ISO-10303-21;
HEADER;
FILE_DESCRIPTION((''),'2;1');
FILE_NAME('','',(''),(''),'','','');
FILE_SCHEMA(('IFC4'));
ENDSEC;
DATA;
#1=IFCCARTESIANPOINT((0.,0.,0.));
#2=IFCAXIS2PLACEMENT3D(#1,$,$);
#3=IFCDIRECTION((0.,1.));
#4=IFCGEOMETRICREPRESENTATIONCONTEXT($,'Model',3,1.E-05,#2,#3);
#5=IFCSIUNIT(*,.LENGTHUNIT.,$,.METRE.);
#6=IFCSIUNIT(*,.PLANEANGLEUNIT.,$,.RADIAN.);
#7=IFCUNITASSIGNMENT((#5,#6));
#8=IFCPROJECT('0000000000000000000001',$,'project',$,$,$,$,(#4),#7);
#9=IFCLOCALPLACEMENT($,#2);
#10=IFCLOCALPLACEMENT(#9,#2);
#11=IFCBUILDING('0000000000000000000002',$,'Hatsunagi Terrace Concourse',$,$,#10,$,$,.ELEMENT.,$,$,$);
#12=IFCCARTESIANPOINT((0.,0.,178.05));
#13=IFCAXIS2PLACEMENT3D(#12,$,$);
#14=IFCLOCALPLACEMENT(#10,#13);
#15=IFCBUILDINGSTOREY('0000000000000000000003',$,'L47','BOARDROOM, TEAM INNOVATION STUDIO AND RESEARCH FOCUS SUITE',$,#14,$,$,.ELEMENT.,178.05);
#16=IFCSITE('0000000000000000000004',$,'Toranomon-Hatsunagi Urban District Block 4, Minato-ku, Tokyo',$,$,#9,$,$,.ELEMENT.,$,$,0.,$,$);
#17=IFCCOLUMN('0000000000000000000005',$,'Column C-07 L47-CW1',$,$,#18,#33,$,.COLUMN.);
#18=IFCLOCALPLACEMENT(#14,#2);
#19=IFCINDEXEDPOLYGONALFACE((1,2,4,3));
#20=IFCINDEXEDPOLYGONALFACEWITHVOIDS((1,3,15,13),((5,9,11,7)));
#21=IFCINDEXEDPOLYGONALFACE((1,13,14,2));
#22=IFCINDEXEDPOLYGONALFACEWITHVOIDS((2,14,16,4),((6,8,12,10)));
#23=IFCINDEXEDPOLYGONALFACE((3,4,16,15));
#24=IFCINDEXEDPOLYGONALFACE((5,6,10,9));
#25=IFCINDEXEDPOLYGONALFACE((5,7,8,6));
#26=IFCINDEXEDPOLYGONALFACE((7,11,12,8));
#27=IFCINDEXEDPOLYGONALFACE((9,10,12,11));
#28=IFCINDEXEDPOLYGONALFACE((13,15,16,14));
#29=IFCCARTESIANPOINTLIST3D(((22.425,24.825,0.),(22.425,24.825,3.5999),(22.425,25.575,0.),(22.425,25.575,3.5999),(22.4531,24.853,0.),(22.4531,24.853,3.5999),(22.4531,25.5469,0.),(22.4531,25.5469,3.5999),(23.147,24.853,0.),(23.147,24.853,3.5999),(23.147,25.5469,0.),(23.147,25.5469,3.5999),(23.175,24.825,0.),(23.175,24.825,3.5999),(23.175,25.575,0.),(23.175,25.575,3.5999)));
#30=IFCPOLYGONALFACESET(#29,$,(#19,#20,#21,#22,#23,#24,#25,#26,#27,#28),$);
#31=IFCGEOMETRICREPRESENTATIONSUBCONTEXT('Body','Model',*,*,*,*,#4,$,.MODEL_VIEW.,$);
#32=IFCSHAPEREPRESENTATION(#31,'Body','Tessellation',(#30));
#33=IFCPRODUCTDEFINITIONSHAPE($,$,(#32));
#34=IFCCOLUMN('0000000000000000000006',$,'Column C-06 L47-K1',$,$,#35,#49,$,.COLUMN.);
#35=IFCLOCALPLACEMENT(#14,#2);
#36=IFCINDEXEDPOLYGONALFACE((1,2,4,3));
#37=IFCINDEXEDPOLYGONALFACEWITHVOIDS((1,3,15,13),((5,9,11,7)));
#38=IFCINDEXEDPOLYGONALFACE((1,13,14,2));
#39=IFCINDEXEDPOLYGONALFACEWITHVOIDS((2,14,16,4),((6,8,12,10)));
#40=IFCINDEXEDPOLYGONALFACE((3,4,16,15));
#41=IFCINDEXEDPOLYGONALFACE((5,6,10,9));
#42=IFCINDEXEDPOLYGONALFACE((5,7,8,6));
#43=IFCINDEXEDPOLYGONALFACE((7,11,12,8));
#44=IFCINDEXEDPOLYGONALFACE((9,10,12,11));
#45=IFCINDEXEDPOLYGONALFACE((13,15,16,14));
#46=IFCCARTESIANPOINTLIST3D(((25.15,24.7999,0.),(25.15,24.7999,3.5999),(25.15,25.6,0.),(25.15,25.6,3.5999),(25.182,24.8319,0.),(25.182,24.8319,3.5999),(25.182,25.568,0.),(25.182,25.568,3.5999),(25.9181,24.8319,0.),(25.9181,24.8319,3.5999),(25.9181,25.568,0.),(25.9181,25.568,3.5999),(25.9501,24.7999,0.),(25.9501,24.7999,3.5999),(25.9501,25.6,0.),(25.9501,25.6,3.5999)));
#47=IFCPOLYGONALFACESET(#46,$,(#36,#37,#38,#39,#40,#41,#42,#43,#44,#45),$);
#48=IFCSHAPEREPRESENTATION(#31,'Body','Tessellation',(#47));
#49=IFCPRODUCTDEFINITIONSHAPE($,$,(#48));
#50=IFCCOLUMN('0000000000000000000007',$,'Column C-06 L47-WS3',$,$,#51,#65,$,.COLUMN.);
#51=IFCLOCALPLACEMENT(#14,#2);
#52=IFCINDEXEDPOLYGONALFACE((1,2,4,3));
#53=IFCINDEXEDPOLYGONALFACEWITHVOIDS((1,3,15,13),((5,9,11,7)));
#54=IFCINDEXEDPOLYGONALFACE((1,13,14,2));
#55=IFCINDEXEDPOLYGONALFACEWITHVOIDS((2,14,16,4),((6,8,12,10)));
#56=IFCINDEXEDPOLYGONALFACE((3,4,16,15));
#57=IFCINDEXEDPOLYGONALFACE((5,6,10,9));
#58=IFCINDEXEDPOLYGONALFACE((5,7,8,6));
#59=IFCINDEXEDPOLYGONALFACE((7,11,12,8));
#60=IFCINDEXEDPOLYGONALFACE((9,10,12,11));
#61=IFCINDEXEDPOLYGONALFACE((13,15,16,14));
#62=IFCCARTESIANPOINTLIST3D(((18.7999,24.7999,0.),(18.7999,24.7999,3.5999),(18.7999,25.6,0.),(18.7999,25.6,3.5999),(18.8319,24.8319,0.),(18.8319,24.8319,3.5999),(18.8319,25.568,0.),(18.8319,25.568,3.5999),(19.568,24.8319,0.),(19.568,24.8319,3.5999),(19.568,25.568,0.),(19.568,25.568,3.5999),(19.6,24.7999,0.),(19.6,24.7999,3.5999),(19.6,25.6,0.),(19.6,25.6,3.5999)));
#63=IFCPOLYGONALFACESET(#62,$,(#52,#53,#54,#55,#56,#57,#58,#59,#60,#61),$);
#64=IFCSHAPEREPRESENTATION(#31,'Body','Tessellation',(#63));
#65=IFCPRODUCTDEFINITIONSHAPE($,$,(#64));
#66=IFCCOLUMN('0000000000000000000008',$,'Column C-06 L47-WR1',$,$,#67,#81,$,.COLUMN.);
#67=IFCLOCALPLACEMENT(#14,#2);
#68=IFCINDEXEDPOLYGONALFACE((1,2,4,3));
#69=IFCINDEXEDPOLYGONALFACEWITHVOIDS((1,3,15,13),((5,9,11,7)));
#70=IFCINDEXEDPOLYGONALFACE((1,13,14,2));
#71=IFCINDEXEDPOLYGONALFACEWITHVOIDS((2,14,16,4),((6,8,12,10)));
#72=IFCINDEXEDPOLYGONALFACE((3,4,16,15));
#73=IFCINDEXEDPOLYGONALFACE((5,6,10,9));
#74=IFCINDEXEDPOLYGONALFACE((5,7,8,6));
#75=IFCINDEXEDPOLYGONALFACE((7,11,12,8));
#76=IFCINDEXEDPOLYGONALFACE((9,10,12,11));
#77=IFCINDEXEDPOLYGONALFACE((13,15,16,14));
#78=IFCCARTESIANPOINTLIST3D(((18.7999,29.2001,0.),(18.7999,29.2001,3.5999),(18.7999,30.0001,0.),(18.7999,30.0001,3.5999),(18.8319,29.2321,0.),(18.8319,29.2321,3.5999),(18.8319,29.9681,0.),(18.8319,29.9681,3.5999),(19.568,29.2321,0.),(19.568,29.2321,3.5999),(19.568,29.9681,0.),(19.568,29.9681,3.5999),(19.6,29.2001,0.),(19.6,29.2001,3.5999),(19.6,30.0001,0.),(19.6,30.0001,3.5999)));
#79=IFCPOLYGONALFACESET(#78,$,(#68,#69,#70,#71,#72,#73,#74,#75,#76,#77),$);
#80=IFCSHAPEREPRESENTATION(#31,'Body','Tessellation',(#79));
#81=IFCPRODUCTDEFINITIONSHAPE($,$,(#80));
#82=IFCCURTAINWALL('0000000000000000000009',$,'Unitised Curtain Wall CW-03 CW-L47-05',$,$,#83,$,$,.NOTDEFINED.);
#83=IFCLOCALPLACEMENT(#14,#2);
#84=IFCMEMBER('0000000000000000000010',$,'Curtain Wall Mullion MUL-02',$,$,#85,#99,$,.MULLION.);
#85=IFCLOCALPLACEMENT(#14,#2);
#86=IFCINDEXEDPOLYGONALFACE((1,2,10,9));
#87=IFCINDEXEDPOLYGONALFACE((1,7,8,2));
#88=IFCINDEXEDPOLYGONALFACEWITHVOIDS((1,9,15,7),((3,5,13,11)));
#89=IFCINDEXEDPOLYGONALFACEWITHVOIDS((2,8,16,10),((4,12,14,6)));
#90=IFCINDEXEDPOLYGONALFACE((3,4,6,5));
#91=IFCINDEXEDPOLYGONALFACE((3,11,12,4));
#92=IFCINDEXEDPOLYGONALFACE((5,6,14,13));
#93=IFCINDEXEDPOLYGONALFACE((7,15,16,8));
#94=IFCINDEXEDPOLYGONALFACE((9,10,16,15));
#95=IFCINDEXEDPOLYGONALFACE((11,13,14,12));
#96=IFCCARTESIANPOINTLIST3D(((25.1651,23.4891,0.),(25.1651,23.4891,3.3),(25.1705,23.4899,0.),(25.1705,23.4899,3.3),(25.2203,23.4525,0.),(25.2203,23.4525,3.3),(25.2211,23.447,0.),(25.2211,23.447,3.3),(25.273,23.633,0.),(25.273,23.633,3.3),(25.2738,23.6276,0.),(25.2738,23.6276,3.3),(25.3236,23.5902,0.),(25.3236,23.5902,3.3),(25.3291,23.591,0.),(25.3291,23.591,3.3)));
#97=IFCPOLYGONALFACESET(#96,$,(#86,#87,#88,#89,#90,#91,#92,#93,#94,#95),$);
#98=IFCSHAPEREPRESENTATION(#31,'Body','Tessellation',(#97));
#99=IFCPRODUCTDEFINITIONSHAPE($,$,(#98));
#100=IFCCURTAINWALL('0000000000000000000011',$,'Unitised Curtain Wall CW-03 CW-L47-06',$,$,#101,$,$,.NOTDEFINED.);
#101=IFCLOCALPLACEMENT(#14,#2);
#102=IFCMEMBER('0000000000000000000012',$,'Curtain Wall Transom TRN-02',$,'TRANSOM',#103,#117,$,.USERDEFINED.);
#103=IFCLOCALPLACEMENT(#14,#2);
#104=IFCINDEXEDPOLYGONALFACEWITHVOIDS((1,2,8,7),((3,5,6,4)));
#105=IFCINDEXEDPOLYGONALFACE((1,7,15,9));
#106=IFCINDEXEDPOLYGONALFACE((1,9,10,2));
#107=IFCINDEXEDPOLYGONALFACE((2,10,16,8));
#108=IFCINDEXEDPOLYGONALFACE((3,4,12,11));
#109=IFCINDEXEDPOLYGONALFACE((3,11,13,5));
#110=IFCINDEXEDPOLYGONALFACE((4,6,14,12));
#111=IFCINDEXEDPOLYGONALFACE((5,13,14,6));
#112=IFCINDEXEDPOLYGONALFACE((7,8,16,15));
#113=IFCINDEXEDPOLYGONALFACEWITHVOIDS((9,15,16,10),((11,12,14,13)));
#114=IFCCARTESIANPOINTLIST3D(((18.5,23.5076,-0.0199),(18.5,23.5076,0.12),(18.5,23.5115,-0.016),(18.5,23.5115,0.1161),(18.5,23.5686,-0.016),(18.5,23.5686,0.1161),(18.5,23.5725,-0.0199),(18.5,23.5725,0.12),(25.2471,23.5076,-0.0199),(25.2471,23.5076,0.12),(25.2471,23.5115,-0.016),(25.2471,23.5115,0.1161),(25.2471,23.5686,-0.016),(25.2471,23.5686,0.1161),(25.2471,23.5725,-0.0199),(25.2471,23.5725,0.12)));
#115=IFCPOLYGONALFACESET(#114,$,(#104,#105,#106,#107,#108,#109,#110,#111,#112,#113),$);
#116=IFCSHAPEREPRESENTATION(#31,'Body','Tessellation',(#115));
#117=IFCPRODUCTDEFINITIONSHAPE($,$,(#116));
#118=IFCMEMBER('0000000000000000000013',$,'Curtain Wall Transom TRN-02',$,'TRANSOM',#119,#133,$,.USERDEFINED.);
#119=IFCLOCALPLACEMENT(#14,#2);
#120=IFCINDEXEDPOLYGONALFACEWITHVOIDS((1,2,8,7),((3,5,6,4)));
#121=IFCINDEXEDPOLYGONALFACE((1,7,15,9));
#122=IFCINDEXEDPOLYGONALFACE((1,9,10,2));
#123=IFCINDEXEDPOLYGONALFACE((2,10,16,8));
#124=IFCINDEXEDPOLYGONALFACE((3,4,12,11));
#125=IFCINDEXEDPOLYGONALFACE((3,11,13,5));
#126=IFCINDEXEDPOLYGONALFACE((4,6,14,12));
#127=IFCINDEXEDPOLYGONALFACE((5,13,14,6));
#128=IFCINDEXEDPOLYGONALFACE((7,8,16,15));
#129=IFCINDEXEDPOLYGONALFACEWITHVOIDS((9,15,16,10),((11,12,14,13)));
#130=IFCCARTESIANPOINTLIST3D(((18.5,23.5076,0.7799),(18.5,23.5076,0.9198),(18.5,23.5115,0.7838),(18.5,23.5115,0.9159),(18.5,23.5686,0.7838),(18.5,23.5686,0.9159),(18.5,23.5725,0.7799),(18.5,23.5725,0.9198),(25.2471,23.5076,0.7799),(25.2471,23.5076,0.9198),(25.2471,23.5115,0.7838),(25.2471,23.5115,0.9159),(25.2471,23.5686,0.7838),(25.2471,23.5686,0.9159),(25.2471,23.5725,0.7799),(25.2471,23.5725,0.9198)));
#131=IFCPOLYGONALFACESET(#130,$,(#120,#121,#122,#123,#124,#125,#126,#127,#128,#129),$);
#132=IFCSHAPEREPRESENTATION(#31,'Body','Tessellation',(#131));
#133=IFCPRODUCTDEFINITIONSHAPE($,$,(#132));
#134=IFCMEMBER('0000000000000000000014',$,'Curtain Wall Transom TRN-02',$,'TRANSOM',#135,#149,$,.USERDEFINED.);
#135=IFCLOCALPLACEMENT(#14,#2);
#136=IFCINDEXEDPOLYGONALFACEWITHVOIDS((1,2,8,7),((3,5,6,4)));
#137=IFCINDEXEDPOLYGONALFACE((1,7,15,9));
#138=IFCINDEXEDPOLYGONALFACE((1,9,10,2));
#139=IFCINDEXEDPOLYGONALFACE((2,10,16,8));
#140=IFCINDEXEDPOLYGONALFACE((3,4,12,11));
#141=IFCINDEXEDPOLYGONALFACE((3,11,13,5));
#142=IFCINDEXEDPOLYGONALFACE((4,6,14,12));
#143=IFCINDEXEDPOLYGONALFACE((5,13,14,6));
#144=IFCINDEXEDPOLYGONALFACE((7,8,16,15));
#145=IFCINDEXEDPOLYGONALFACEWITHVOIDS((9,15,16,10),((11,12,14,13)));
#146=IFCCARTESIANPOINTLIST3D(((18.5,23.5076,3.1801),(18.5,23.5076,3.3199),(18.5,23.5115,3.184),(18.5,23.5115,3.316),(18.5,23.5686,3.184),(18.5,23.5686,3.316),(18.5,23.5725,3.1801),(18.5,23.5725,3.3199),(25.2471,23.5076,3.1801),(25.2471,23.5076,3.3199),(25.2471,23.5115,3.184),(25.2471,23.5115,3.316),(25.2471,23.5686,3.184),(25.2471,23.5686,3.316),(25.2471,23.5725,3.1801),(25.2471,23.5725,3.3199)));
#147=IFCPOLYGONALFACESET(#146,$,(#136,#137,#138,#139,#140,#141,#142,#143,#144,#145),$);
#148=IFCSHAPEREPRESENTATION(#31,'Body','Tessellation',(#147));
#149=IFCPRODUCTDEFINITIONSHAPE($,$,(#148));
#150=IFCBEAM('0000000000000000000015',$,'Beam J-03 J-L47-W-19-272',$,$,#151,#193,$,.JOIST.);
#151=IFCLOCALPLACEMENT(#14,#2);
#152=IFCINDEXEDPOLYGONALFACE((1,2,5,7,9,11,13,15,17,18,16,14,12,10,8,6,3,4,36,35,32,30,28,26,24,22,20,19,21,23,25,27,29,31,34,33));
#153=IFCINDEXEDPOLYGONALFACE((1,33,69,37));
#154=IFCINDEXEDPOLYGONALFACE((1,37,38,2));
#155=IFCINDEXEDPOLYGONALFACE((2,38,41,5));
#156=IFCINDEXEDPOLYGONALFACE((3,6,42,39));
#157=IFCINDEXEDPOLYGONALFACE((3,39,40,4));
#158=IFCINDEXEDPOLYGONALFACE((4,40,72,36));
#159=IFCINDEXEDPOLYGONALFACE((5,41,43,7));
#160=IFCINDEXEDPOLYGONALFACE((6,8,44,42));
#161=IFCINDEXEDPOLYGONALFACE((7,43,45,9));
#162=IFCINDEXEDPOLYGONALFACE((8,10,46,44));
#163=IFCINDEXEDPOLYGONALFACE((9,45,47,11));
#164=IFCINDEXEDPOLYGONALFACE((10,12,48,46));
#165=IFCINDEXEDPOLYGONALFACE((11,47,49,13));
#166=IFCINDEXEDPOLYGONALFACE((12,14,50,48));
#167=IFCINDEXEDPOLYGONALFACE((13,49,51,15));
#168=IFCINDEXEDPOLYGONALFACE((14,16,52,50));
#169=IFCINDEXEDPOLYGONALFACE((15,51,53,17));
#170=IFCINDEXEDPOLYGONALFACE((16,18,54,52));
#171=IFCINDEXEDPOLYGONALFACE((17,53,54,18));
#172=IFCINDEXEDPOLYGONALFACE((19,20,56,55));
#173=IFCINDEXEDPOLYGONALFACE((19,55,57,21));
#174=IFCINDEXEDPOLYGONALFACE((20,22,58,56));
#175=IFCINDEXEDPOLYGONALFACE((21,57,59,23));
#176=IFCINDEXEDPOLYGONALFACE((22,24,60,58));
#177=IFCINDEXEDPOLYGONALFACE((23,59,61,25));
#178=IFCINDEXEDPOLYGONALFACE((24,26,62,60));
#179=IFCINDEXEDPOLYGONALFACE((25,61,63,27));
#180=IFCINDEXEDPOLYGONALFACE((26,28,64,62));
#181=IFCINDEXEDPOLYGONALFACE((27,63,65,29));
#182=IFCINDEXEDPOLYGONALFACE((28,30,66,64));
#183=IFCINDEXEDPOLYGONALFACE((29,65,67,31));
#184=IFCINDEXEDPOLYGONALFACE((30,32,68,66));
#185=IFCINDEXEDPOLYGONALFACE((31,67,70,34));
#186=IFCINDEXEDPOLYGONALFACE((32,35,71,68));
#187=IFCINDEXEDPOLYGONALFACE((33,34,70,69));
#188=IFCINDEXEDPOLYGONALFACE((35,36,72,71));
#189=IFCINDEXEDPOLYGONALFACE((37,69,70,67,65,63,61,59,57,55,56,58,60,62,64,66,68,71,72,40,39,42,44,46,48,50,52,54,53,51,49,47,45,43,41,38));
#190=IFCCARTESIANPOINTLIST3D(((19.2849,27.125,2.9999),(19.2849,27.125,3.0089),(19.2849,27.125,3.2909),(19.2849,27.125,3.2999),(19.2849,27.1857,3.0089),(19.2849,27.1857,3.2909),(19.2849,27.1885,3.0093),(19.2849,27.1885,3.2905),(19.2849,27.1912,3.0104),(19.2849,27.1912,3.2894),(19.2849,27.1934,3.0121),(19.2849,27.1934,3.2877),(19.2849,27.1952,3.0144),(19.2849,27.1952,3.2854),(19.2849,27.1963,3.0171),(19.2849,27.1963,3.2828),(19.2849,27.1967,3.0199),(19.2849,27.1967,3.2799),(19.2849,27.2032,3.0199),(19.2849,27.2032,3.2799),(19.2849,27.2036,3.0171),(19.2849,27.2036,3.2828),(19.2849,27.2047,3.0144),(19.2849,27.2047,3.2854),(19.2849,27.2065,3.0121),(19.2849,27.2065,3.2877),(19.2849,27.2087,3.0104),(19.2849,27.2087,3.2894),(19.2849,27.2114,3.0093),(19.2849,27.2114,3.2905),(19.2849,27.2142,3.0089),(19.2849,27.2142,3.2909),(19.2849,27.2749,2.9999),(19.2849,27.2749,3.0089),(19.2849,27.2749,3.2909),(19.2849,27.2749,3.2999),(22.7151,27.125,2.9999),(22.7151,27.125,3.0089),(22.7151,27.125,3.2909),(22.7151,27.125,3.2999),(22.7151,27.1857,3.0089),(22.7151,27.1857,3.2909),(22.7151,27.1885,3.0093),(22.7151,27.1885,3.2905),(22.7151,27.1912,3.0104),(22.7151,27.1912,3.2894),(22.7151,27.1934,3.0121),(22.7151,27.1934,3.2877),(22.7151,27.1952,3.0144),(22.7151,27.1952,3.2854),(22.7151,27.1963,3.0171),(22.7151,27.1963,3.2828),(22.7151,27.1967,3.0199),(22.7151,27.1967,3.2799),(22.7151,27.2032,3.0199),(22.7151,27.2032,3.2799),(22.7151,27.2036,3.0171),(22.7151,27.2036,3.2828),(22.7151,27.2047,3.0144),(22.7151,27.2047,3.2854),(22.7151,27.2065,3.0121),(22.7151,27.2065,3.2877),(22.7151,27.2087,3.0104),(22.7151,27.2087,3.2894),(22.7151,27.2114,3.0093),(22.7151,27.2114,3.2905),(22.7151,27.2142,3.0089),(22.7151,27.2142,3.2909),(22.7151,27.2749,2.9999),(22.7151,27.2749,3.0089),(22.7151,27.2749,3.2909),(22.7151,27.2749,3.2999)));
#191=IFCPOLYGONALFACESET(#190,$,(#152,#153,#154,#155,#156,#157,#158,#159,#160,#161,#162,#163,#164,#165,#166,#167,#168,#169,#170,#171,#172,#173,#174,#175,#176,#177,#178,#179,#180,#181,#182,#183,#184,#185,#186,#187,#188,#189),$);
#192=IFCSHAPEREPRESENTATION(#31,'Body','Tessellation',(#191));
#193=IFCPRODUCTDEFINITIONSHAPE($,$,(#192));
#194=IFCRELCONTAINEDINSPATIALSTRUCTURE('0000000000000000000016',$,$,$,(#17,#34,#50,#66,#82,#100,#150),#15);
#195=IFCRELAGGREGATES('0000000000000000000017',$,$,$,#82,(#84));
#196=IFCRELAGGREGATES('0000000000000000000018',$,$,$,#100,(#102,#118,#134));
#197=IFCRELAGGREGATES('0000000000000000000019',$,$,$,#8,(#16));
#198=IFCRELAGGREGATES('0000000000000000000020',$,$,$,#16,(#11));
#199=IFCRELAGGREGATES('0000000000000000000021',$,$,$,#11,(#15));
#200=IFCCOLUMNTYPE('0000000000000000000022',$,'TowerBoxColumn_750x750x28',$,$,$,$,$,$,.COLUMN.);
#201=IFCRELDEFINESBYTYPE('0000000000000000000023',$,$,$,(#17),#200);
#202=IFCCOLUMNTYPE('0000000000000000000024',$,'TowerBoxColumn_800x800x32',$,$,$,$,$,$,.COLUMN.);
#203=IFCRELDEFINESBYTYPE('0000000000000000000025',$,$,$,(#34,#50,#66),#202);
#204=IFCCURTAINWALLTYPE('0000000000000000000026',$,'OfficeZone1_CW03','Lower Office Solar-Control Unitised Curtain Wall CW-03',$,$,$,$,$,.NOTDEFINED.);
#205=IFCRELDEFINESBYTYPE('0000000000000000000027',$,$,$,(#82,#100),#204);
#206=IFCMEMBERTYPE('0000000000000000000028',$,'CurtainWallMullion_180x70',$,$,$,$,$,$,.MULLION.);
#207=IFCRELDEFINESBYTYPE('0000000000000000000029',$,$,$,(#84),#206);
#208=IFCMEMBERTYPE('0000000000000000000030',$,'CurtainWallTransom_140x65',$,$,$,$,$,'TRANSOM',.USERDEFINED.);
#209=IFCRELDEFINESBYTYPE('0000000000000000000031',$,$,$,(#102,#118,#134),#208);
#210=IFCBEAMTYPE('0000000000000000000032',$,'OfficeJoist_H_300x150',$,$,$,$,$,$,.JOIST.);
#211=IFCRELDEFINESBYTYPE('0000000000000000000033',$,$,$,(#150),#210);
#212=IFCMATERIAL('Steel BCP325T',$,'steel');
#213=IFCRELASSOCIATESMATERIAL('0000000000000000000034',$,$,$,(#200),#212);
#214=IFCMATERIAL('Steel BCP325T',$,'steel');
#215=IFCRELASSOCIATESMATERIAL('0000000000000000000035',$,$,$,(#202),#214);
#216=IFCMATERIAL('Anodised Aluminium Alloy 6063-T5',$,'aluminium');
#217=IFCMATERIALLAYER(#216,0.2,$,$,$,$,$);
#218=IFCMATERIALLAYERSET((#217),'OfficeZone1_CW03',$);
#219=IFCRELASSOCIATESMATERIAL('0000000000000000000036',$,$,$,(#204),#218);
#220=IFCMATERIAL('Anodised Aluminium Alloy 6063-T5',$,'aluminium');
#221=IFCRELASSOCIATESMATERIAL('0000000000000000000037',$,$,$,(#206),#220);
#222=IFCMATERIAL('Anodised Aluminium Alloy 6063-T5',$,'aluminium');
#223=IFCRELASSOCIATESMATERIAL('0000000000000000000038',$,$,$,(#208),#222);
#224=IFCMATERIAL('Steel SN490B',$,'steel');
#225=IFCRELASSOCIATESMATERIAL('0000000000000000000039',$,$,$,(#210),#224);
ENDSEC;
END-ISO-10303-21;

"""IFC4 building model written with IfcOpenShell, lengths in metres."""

from ifc_helpers import new_model, si_unit, direction, frame, origin, origin_2d, place, context, subcontext, project, spatial, hollow_rectangle, i_section, extrude, material, layer, layer_set, material_profile, profile_set, type_object, element, aggregate, save


model = new_model("IFC4")

# Units and contexts
model_context = context("Model", 3, precision=1e-05, world=origin(), true_north=direction((0.0, 1.0)))
body_context = subcontext(model_context, "Body", "Model", "MODEL_VIEW")
ifc_project = project(units=[si_unit("LENGTHUNIT", "METRE"), si_unit("PLANEANGLEUNIT", "RADIAN")], contexts=[model_context])

# Site, building, storey
site_placement = place(None, origin())
site = spatial("IfcSite", under=ifc_project, at=site_placement, Name="Toranomon-Hatsunagi Urban District Block 4, Minato-ku, Tokyo", CompositionType="ELEMENT", RefElevation=0.0)
building_placement = place(site_placement, origin())
building = spatial("IfcBuilding", under=site, at=building_placement, Name="Hatsunagi Terrace Concourse", CompositionType="ELEMENT")
storey_placement = place(building_placement, frame((0.0, 0.0, 178.05)))
storey = spatial("IfcBuildingStorey", under=building, at=storey_placement, Name="L47", Description="BOARDROOM, TEAM INNOVATION STUDIO AND RESEARCH FOCUS SUITE", CompositionType="ELEMENT", Elevation=178.05)

# Columns
ifc_material_1 = material(Name="Steel BCP325T", Category="steel")
ifc_material_profile_1 = material_profile(ifc_material_1, hollow_rectangle(XDim=0.75, YDim=0.75, WallThickness=0.0281, at=origin_2d()), Name="BCP-750x750x28")
ifc_profile_set_1 = profile_set([ifc_material_profile_1], Name="Steel BCP325T")
column_type_1 = type_object("IfcColumnType", Name="TowerBoxColumn_750x750x28", PredefinedType="COLUMN", material=ifc_profile_set_1)
column_placement = place(storey_placement, frame((22.8, 25.2, 0.0), z_axis=(0.0, 0.0, 1.0), x_axis=(1.0, 0.0, 0.0)))
element("IfcColumn", 1, at=column_placement, inside=storey, type_object=column_type_1, Name="Column C-07 L47-CW1", PredefinedType="COLUMN", context=body_context, shape_type="SweptSolid", body=[
    extrude(hollow_rectangle(XDim=0.75, YDim=0.75, WallThickness=0.0281, at=origin_2d()), origin(), (0.0, 0.0, 1.0), 3.5999),
])
ifc_material_2 = material(Name="Steel BCP325T", Category="steel")
ifc_material_profile_2 = material_profile(ifc_material_2, hollow_rectangle(XDim=0.8, YDim=0.8, WallThickness=0.032, at=origin_2d()), Name="BCP-800x800x32")
ifc_profile_set_2 = profile_set([ifc_material_profile_2], Name="Steel BCP325T")
column_type_2 = type_object("IfcColumnType", Name="TowerBoxColumn_800x800x32", PredefinedType="COLUMN", material=ifc_profile_set_2)
for number, where, z_axis, x_axis, name in (
    (2, (25.55, 25.2, 0.0), (0.0, 0.0, 1.0), (1.0, 0.0, 0.0), "Column C-06 L47-K1"),
    (3, (19.2, 25.2, 0.0), (0.0, 0.0, 1.0), (1.0, 0.0, 0.0), "Column C-06 L47-WS3"),
    (4, (19.2, 29.6001, 0.0), (0.0, 0.0, 1.0), (1.0, 0.0, 0.0), "Column C-06 L47-WR1"),
):
    element("IfcColumn", number, at=place(storey_placement, frame(where, z_axis=z_axis, x_axis=x_axis)), inside=storey, type_object=column_type_2, Name=name, PredefinedType="COLUMN", context=body_context, shape_type="SweptSolid", body=[
        extrude(hollow_rectangle(XDim=0.8, YDim=0.8, WallThickness=0.032, at=origin_2d()), origin(), (0.0, 0.0, 1.0), 3.5999),
    ])

# Curtain wall, member
ifc_material_3 = material(Name="Anodised Aluminium Alloy 6063-T5", Category="aluminium")
ifc_layer_1 = layer(ifc_material_3, 0.2)
ifc_layer_set_1 = layer_set([ifc_layer_1], Name="OfficeZone1_CW03")
curtain_wall_type = type_object("IfcCurtainWallType", Name="OfficeZone1_CW03", Description="Lower Office Solar-Control Unitised Curtain Wall CW-03", PredefinedType="NOTDEFINED", material=ifc_layer_set_1)
curtain_wall_1_placement = place(storey_placement, origin())
curtain_wall_1 = element("IfcCurtainWall", 5, at=curtain_wall_1_placement, inside=storey, type_object=curtain_wall_type, Name="Unitised Curtain Wall CW-03 CW-L47-05", PredefinedType="NOTDEFINED")
ifc_material_4 = material(Name="Anodised Aluminium Alloy 6063-T5", Category="aluminium")
ifc_material_profile_3 = material_profile(ifc_material_4, hollow_rectangle(XDim=0.0701, YDim=0.1799, WallThickness=0.0039, at=origin_2d()), Name="ALU-MUL-180x70x4")
ifc_profile_set_3 = profile_set([ifc_material_profile_3], Name="Anodised Aluminium Alloy 6063-T5")
member_type_1 = type_object("IfcMemberType", Name="CurtainWallMullion_180x70", PredefinedType="MULLION", material=ifc_profile_set_3)
member_1_placement = place(storey_placement, frame((25.2471, 23.54, 0.0), z_axis=(0.0, 0.0, 1.0), x_axis=(-0.800005, 0.599993, 0.0)))
member_1 = element("IfcMember", 6, at=member_1_placement, type_object=member_type_1, Name="Curtain Wall Mullion MUL-02", PredefinedType="MULLION", context=body_context, shape_type="SweptSolid", body=[
    extrude(hollow_rectangle(XDim=0.0701, YDim=0.1799, WallThickness=0.0039, at=origin_2d()), origin(), (0.0, 0.0, 1.0), 3.3),
])
aggregate(curtain_wall_1, [member_1])

# Curtain wall, members
curtain_wall_2_placement = place(storey_placement, origin())
curtain_wall_2 = element("IfcCurtainWall", 7, at=curtain_wall_2_placement, inside=storey, type_object=curtain_wall_type, Name="Unitised Curtain Wall CW-03 CW-L47-06", PredefinedType="NOTDEFINED")
ifc_material_5 = material(Name="Anodised Aluminium Alloy 6063-T5", Category="aluminium")
ifc_material_profile_4 = material_profile(ifc_material_5, hollow_rectangle(XDim=0.0649, YDim=0.1399, WallThickness=0.0039, at=origin_2d()), Name="ALU-TRN-140x65x4")
ifc_profile_set_4 = profile_set([ifc_material_profile_4], Name="Anodised Aluminium Alloy 6063-T5")
member_type_2 = type_object("IfcMemberType", Name="CurtainWallTransom_140x65", ElementType="TRANSOM", PredefinedType="USERDEFINED", material=ifc_profile_set_4)
member_2_placement = place(storey_placement, frame((25.2471, 23.54, 0.05), z_axis=(-1.0, 0.0, 0.0), x_axis=(0.0, -1.0, 0.0)))
member_2 = element("IfcMember", 8, at=member_2_placement, type_object=member_type_2, Name="Curtain Wall Transom TRN-02", ObjectType="TRANSOM", PredefinedType="USERDEFINED", context=body_context, shape_type="SweptSolid", body=[
    extrude(hollow_rectangle(XDim=0.0649, YDim=0.1399, WallThickness=0.0039, at=origin_2d()), origin(), (0.0, 0.0, 1.0), 6.7471),
])
member_3_placement = place(storey_placement, frame((25.2471, 23.54, 0.8499), z_axis=(-1.0, 0.0, 0.0), x_axis=(0.0, -1.0, 0.0)))
member_3 = element("IfcMember", 9, at=member_3_placement, type_object=member_type_2, Name="Curtain Wall Transom TRN-02", ObjectType="TRANSOM", PredefinedType="USERDEFINED", context=body_context, shape_type="SweptSolid", body=[
    extrude(hollow_rectangle(XDim=0.0649, YDim=0.1399, WallThickness=0.0039, at=origin_2d()), origin(), (0.0, 0.0, 1.0), 6.7471),
])
member_4_placement = place(storey_placement, frame((25.2471, 23.54, 3.25), z_axis=(-1.0, 0.0, 0.0), x_axis=(0.0, -1.0, 0.0)))
member_4 = element("IfcMember", 10, at=member_4_placement, type_object=member_type_2, Name="Curtain Wall Transom TRN-02", ObjectType="TRANSOM", PredefinedType="USERDEFINED", context=body_context, shape_type="SweptSolid", body=[
    extrude(hollow_rectangle(XDim=0.0649, YDim=0.1399, WallThickness=0.0039, at=origin_2d()), origin(), (0.0, 0.0, 1.0), 6.7471),
])
aggregate(curtain_wall_2, [member_2, member_3, member_4])

# Beam
ifc_material_6 = material(Name="Steel SN490B", Category="steel")
ifc_material_profile_5 = material_profile(ifc_material_6, i_section(OverallWidth=0.1499, OverallDepth=0.3, WebThickness=0.0066, FlangeThickness=0.009, FilletRadius=0.011, at=origin_2d()), Name="H-300x150x6.5x9")
ifc_profile_set_5 = profile_set([ifc_material_profile_5], Name="Steel SN490B")
beam_type_1 = type_object("IfcBeamType", Name="OfficeJoist_H_300x150", PredefinedType="JOIST", material=ifc_profile_set_5)
for number, where, z_axis, x_axis, name in (
    (11, (19.2849, 27.2, 3.1499), (1.0, 0.0, 0.0), (0.0, 1.0, 0.0), "Beam J-03 J-L47-W-19-272"),
):
    element("IfcBeam", number, at=place(storey_placement, frame(where, z_axis=z_axis, x_axis=x_axis)), inside=storey, type_object=beam_type_1, Name=name, PredefinedType="JOIST", context=body_context, shape_type="SweptSolid", body=[
        extrude(i_section(OverallWidth=0.1499, OverallDepth=0.3, WebThickness=0.0066, FlangeThickness=0.009, FilletRadius=0.011, at=origin_2d()), origin(), (0.0, 0.0, 1.0), 3.4302),
    ])

save(model, "model.ifc")
